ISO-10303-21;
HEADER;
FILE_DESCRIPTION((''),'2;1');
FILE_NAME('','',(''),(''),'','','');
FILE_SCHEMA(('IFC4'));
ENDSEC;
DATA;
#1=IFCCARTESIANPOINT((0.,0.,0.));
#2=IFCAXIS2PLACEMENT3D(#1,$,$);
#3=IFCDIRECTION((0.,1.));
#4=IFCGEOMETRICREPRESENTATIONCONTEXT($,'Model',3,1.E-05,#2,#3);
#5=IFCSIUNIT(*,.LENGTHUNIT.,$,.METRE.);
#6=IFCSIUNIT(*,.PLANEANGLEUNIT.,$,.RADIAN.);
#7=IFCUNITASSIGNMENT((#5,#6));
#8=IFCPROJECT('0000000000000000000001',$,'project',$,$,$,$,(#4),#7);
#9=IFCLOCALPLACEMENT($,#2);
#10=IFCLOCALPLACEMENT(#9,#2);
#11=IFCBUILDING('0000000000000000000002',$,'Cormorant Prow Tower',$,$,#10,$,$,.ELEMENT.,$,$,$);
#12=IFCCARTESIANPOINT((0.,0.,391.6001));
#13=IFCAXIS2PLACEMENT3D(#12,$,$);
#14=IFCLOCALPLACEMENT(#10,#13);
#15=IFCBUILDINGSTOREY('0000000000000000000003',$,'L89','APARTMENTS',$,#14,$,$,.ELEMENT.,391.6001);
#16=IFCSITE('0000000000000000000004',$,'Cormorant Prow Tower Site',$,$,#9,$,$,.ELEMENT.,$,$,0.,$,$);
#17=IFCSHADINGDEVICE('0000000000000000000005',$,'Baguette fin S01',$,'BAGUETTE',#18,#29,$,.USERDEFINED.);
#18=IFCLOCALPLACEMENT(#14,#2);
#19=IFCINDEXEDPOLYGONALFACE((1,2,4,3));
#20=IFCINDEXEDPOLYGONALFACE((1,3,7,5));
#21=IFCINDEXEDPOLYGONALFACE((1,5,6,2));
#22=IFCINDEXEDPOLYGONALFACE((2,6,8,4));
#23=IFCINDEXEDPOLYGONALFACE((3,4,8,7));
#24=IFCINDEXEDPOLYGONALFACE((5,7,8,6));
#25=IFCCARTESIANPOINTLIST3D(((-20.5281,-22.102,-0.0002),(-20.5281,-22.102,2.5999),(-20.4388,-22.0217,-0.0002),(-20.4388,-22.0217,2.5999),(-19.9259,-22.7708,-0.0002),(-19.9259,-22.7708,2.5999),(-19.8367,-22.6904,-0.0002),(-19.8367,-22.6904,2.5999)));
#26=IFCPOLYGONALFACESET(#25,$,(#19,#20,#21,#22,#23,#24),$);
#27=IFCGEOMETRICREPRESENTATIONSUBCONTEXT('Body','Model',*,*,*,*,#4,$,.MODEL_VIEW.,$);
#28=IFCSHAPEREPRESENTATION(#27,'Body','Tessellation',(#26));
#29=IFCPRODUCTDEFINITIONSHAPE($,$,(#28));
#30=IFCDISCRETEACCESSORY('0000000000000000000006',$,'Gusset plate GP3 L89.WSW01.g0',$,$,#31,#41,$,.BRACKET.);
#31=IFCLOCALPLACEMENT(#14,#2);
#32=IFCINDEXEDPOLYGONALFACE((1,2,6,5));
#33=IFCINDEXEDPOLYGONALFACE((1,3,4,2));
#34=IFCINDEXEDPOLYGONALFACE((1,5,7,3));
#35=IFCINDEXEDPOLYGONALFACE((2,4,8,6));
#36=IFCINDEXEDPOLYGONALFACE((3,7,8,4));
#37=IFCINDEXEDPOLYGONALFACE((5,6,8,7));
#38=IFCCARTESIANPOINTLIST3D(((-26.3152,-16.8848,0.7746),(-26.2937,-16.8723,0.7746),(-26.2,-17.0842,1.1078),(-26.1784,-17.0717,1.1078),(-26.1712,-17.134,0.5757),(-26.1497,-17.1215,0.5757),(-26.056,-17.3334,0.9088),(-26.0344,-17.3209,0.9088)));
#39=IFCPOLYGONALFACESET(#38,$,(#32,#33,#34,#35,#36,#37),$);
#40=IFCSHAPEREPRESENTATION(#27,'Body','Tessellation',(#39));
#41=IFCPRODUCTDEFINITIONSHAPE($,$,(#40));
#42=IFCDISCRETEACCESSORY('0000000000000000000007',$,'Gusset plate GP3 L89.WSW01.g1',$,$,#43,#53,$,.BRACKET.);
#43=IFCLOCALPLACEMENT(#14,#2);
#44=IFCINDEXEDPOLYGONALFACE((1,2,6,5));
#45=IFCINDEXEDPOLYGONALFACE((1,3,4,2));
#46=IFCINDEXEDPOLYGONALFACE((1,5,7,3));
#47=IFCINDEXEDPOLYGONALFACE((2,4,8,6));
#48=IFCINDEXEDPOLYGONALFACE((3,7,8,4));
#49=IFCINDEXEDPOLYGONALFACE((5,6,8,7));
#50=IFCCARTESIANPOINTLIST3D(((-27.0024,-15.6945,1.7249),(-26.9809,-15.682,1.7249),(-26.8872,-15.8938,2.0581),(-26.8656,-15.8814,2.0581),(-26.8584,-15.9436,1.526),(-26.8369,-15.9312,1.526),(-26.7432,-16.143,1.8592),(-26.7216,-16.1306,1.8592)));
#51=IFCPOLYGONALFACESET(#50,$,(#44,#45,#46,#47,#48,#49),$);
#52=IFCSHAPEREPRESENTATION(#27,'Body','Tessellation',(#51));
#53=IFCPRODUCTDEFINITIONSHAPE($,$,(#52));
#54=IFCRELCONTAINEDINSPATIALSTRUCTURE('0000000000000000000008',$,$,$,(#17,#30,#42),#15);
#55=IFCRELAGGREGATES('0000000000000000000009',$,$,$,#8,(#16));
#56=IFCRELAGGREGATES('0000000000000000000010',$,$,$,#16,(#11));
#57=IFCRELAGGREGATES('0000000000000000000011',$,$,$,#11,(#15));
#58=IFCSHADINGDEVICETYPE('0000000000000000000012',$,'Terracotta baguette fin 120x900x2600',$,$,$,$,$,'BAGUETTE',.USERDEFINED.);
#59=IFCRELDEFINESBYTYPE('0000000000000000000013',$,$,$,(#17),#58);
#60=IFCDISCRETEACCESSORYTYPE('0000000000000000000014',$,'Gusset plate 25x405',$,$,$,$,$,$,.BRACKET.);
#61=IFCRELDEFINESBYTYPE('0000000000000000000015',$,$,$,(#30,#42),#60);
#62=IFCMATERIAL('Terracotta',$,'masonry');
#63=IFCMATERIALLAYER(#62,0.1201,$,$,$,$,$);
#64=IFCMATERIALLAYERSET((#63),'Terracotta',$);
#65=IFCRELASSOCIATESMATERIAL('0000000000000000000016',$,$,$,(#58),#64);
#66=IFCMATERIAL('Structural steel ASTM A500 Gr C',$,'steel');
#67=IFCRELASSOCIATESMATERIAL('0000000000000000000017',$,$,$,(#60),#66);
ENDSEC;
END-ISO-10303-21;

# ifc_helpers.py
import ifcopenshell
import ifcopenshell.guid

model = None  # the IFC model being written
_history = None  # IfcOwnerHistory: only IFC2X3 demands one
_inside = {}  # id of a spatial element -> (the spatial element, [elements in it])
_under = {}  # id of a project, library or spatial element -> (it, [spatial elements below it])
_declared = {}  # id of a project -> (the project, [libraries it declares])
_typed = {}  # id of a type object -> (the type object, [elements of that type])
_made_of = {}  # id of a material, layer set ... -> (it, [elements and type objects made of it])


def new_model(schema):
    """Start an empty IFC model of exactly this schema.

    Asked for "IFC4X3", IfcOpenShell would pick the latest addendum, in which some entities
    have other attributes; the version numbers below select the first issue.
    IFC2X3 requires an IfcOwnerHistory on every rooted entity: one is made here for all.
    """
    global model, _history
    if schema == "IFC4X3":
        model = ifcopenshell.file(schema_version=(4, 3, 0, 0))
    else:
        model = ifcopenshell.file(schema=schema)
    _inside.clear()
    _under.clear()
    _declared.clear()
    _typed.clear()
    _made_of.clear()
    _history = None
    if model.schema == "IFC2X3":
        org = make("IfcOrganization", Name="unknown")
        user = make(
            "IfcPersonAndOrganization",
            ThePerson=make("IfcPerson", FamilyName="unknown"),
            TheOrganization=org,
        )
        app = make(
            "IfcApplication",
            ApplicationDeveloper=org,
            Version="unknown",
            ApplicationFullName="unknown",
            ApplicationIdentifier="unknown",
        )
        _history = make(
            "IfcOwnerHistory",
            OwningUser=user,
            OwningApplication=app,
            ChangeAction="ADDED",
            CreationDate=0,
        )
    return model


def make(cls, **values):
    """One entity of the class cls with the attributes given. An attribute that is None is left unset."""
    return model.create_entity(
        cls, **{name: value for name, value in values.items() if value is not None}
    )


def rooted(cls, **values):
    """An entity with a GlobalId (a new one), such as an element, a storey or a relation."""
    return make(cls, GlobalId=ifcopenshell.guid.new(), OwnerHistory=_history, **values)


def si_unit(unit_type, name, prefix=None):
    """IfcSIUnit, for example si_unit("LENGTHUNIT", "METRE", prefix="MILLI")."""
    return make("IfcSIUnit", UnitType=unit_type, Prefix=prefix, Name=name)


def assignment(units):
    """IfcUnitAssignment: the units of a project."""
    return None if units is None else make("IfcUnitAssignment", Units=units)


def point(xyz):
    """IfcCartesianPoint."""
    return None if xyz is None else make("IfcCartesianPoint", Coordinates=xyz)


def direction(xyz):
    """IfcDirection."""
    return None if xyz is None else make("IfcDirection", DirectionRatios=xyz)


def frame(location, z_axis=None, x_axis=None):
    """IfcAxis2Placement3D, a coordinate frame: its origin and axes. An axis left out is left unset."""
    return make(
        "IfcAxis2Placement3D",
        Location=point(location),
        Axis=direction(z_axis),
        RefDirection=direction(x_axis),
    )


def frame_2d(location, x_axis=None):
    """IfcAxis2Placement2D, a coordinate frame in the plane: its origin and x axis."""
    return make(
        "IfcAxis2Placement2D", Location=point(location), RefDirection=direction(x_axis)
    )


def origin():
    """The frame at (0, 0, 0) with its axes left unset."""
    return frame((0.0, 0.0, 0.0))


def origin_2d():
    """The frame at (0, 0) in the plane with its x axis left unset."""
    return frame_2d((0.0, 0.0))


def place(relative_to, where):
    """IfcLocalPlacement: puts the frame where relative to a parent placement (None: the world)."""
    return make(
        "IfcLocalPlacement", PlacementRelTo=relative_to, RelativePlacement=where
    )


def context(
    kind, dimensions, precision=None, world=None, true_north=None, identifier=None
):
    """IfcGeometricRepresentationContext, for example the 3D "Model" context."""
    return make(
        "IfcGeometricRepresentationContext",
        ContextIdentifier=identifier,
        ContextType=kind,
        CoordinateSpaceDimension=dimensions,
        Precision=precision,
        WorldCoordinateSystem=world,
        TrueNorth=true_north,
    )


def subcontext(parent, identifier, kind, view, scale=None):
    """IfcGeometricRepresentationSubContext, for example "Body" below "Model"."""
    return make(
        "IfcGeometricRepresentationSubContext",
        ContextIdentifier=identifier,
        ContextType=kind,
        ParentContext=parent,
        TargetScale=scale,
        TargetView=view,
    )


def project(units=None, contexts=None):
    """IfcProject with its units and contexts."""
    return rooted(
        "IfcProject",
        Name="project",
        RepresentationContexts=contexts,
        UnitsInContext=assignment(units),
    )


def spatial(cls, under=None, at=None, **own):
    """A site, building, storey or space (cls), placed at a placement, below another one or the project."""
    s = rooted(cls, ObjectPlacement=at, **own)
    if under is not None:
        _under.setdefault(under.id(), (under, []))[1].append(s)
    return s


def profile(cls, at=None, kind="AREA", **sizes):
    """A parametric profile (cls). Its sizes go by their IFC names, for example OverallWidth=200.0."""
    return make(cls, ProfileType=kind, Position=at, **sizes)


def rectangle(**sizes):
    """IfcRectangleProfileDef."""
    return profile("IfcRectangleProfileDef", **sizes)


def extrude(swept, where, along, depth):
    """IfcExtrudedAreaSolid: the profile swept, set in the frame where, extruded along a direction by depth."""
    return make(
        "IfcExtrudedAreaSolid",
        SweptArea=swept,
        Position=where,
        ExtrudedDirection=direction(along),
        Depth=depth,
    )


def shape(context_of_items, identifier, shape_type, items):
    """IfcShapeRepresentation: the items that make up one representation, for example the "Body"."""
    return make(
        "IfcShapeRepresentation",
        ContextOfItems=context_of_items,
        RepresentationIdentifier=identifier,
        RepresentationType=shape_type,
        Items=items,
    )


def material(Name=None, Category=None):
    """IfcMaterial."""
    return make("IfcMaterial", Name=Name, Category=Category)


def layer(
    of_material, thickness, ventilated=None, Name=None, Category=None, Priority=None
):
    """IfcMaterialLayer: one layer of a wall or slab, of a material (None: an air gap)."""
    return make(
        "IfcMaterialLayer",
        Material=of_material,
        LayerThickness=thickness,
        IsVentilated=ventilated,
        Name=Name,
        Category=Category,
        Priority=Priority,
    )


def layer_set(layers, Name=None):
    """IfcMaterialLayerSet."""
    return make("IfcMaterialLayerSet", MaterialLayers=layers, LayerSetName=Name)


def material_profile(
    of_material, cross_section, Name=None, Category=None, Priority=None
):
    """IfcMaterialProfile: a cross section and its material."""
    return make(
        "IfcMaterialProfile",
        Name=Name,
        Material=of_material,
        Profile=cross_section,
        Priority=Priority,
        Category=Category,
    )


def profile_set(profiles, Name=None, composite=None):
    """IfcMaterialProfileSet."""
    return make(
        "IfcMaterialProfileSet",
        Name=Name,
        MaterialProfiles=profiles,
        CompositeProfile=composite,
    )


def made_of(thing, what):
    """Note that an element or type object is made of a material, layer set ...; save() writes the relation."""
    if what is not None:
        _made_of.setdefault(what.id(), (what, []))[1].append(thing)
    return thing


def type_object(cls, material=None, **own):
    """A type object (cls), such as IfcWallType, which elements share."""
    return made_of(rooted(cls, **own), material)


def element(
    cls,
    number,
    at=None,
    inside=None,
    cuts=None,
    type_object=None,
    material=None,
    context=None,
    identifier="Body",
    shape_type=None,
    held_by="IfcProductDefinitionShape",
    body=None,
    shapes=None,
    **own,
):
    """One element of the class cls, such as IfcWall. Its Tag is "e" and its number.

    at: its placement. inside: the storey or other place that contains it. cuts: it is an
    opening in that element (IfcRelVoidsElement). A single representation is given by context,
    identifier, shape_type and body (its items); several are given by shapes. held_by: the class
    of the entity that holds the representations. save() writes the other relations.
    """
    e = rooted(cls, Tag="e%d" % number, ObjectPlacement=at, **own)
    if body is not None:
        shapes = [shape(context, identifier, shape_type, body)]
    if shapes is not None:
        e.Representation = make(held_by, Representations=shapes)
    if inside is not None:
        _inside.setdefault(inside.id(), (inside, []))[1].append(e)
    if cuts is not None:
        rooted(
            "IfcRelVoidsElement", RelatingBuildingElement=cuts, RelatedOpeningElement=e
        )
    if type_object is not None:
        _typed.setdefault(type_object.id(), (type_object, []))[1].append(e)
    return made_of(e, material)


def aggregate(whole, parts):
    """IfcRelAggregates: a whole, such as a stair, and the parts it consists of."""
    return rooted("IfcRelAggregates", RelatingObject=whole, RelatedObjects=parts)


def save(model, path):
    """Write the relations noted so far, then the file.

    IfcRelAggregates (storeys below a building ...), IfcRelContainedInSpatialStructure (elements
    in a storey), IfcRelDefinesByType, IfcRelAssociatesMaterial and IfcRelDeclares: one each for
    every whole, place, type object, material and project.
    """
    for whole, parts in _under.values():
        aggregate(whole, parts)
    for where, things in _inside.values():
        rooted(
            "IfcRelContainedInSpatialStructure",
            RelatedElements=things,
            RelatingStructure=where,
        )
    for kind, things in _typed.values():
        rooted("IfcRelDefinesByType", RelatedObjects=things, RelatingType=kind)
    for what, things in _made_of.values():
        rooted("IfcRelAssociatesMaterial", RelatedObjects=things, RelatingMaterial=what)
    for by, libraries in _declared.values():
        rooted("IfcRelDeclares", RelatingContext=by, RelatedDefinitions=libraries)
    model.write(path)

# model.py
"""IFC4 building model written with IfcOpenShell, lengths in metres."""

from ifc_helpers import new_model, si_unit, direction, frame, origin, origin_2d, place, context, subcontext, project, spatial, rectangle, extrude, material, layer, layer_set, material_profile, profile_set, type_object, element, save


model = new_model("IFC4")

# Units and contexts
model_context = context("Model", 3, precision=1e-05, world=origin(), true_north=direction((0.0, 1.0)))
body_context = subcontext(model_context, "Body", "Model", "MODEL_VIEW")
ifc_project = project(units=[si_unit("LENGTHUNIT", "METRE"), si_unit("PLANEANGLEUNIT", "RADIAN")], contexts=[model_context])

# Site, building, storey
site_placement = place(None, origin())
site = spatial("IfcSite", under=ifc_project, at=site_placement, Name="Cormorant Prow Tower Site", CompositionType="ELEMENT", RefElevation=0.0)
building_placement = place(site_placement, origin())
building = spatial("IfcBuilding", under=site, at=building_placement, Name="Cormorant Prow Tower", CompositionType="ELEMENT")
storey_placement = place(building_placement, frame((0.0, 0.0, 391.6001)))
storey = spatial("IfcBuildingStorey", under=building, at=storey_placement, Name="L89", Description="APARTMENTS", CompositionType="ELEMENT", Elevation=391.6001)

# Shading device
ifc_material_1 = material(Name="Terracotta", Category="masonry")
ifc_layer_1 = layer(ifc_material_1, 0.1201)
ifc_layer_set_1 = layer_set([ifc_layer_1], Name="Terracotta")
shading_device_type = type_object("IfcShadingDeviceType", Name="Terracotta baguette fin 120x900x2600", ElementType="BAGUETTE", PredefinedType="USERDEFINED", material=ifc_layer_set_1)
shading_device_placement = place(storey_placement, frame((-20.1824, -22.3962, -0.0002), z_axis=(0.0, 0.0, 1.0), x_axis=(0.743145, 0.669131, 0.0)))
element("IfcShadingDevice", 1, at=shading_device_placement, inside=storey, type_object=shading_device_type, Name="Baguette fin S01", ObjectType="BAGUETTE", PredefinedType="USERDEFINED", context=body_context, shape_type="SweptSolid", body=[
    extrude(rectangle(XDim=0.1201, YDim=0.8999, at=origin_2d()), origin(), (0.0, 0.0, 1.0), 2.6001),
])

# Discrete accessories
ifc_material_2 = material(Name="Structural steel ASTM A500 Gr C", Category="steel")
ifc_material_profile_1 = material_profile(ifc_material_2, rectangle(XDim=0.0249, YDim=0.405, at=origin_2d()), Name="Gusset plate 25x405")
ifc_profile_set_1 = profile_set([ifc_material_profile_1], Name="Structural steel ASTM A500 Gr C")
discrete_accessory_type = type_object("IfcDiscreteAccessoryType", Name="Gusset plate 25x405", PredefinedType="BRACKET", material=ifc_profile_set_1)
for number, where, z_axis, x_axis, name in (
    (2, (-26.2468, -16.9783, 0.9412), (0.411596, -0.71227, -0.56856), (0.865832, 0.500334, 0.0), "Gusset plate GP3 L89.WSW01.g0"),
    (3, (-26.79, -16.0371, 1.6926), (-0.411596, 0.71227, 0.56856), (-0.865832, -0.500334, 0.0), "Gusset plate GP3 L89.WSW01.g1"),
):
    element("IfcDiscreteAccessory", number, at=place(storey_placement, frame(where, z_axis=z_axis, x_axis=x_axis)), inside=storey, type_object=discrete_accessory_type, Name=name, PredefinedType="BRACKET", context=body_context, shape_type="SweptSolid", body=[
        extrude(rectangle(XDim=0.0249, YDim=0.405, at=origin_2d()), origin(), (0.0, 0.0, 1.0), 0.3499),
    ])

save(model, "model.ifc")
